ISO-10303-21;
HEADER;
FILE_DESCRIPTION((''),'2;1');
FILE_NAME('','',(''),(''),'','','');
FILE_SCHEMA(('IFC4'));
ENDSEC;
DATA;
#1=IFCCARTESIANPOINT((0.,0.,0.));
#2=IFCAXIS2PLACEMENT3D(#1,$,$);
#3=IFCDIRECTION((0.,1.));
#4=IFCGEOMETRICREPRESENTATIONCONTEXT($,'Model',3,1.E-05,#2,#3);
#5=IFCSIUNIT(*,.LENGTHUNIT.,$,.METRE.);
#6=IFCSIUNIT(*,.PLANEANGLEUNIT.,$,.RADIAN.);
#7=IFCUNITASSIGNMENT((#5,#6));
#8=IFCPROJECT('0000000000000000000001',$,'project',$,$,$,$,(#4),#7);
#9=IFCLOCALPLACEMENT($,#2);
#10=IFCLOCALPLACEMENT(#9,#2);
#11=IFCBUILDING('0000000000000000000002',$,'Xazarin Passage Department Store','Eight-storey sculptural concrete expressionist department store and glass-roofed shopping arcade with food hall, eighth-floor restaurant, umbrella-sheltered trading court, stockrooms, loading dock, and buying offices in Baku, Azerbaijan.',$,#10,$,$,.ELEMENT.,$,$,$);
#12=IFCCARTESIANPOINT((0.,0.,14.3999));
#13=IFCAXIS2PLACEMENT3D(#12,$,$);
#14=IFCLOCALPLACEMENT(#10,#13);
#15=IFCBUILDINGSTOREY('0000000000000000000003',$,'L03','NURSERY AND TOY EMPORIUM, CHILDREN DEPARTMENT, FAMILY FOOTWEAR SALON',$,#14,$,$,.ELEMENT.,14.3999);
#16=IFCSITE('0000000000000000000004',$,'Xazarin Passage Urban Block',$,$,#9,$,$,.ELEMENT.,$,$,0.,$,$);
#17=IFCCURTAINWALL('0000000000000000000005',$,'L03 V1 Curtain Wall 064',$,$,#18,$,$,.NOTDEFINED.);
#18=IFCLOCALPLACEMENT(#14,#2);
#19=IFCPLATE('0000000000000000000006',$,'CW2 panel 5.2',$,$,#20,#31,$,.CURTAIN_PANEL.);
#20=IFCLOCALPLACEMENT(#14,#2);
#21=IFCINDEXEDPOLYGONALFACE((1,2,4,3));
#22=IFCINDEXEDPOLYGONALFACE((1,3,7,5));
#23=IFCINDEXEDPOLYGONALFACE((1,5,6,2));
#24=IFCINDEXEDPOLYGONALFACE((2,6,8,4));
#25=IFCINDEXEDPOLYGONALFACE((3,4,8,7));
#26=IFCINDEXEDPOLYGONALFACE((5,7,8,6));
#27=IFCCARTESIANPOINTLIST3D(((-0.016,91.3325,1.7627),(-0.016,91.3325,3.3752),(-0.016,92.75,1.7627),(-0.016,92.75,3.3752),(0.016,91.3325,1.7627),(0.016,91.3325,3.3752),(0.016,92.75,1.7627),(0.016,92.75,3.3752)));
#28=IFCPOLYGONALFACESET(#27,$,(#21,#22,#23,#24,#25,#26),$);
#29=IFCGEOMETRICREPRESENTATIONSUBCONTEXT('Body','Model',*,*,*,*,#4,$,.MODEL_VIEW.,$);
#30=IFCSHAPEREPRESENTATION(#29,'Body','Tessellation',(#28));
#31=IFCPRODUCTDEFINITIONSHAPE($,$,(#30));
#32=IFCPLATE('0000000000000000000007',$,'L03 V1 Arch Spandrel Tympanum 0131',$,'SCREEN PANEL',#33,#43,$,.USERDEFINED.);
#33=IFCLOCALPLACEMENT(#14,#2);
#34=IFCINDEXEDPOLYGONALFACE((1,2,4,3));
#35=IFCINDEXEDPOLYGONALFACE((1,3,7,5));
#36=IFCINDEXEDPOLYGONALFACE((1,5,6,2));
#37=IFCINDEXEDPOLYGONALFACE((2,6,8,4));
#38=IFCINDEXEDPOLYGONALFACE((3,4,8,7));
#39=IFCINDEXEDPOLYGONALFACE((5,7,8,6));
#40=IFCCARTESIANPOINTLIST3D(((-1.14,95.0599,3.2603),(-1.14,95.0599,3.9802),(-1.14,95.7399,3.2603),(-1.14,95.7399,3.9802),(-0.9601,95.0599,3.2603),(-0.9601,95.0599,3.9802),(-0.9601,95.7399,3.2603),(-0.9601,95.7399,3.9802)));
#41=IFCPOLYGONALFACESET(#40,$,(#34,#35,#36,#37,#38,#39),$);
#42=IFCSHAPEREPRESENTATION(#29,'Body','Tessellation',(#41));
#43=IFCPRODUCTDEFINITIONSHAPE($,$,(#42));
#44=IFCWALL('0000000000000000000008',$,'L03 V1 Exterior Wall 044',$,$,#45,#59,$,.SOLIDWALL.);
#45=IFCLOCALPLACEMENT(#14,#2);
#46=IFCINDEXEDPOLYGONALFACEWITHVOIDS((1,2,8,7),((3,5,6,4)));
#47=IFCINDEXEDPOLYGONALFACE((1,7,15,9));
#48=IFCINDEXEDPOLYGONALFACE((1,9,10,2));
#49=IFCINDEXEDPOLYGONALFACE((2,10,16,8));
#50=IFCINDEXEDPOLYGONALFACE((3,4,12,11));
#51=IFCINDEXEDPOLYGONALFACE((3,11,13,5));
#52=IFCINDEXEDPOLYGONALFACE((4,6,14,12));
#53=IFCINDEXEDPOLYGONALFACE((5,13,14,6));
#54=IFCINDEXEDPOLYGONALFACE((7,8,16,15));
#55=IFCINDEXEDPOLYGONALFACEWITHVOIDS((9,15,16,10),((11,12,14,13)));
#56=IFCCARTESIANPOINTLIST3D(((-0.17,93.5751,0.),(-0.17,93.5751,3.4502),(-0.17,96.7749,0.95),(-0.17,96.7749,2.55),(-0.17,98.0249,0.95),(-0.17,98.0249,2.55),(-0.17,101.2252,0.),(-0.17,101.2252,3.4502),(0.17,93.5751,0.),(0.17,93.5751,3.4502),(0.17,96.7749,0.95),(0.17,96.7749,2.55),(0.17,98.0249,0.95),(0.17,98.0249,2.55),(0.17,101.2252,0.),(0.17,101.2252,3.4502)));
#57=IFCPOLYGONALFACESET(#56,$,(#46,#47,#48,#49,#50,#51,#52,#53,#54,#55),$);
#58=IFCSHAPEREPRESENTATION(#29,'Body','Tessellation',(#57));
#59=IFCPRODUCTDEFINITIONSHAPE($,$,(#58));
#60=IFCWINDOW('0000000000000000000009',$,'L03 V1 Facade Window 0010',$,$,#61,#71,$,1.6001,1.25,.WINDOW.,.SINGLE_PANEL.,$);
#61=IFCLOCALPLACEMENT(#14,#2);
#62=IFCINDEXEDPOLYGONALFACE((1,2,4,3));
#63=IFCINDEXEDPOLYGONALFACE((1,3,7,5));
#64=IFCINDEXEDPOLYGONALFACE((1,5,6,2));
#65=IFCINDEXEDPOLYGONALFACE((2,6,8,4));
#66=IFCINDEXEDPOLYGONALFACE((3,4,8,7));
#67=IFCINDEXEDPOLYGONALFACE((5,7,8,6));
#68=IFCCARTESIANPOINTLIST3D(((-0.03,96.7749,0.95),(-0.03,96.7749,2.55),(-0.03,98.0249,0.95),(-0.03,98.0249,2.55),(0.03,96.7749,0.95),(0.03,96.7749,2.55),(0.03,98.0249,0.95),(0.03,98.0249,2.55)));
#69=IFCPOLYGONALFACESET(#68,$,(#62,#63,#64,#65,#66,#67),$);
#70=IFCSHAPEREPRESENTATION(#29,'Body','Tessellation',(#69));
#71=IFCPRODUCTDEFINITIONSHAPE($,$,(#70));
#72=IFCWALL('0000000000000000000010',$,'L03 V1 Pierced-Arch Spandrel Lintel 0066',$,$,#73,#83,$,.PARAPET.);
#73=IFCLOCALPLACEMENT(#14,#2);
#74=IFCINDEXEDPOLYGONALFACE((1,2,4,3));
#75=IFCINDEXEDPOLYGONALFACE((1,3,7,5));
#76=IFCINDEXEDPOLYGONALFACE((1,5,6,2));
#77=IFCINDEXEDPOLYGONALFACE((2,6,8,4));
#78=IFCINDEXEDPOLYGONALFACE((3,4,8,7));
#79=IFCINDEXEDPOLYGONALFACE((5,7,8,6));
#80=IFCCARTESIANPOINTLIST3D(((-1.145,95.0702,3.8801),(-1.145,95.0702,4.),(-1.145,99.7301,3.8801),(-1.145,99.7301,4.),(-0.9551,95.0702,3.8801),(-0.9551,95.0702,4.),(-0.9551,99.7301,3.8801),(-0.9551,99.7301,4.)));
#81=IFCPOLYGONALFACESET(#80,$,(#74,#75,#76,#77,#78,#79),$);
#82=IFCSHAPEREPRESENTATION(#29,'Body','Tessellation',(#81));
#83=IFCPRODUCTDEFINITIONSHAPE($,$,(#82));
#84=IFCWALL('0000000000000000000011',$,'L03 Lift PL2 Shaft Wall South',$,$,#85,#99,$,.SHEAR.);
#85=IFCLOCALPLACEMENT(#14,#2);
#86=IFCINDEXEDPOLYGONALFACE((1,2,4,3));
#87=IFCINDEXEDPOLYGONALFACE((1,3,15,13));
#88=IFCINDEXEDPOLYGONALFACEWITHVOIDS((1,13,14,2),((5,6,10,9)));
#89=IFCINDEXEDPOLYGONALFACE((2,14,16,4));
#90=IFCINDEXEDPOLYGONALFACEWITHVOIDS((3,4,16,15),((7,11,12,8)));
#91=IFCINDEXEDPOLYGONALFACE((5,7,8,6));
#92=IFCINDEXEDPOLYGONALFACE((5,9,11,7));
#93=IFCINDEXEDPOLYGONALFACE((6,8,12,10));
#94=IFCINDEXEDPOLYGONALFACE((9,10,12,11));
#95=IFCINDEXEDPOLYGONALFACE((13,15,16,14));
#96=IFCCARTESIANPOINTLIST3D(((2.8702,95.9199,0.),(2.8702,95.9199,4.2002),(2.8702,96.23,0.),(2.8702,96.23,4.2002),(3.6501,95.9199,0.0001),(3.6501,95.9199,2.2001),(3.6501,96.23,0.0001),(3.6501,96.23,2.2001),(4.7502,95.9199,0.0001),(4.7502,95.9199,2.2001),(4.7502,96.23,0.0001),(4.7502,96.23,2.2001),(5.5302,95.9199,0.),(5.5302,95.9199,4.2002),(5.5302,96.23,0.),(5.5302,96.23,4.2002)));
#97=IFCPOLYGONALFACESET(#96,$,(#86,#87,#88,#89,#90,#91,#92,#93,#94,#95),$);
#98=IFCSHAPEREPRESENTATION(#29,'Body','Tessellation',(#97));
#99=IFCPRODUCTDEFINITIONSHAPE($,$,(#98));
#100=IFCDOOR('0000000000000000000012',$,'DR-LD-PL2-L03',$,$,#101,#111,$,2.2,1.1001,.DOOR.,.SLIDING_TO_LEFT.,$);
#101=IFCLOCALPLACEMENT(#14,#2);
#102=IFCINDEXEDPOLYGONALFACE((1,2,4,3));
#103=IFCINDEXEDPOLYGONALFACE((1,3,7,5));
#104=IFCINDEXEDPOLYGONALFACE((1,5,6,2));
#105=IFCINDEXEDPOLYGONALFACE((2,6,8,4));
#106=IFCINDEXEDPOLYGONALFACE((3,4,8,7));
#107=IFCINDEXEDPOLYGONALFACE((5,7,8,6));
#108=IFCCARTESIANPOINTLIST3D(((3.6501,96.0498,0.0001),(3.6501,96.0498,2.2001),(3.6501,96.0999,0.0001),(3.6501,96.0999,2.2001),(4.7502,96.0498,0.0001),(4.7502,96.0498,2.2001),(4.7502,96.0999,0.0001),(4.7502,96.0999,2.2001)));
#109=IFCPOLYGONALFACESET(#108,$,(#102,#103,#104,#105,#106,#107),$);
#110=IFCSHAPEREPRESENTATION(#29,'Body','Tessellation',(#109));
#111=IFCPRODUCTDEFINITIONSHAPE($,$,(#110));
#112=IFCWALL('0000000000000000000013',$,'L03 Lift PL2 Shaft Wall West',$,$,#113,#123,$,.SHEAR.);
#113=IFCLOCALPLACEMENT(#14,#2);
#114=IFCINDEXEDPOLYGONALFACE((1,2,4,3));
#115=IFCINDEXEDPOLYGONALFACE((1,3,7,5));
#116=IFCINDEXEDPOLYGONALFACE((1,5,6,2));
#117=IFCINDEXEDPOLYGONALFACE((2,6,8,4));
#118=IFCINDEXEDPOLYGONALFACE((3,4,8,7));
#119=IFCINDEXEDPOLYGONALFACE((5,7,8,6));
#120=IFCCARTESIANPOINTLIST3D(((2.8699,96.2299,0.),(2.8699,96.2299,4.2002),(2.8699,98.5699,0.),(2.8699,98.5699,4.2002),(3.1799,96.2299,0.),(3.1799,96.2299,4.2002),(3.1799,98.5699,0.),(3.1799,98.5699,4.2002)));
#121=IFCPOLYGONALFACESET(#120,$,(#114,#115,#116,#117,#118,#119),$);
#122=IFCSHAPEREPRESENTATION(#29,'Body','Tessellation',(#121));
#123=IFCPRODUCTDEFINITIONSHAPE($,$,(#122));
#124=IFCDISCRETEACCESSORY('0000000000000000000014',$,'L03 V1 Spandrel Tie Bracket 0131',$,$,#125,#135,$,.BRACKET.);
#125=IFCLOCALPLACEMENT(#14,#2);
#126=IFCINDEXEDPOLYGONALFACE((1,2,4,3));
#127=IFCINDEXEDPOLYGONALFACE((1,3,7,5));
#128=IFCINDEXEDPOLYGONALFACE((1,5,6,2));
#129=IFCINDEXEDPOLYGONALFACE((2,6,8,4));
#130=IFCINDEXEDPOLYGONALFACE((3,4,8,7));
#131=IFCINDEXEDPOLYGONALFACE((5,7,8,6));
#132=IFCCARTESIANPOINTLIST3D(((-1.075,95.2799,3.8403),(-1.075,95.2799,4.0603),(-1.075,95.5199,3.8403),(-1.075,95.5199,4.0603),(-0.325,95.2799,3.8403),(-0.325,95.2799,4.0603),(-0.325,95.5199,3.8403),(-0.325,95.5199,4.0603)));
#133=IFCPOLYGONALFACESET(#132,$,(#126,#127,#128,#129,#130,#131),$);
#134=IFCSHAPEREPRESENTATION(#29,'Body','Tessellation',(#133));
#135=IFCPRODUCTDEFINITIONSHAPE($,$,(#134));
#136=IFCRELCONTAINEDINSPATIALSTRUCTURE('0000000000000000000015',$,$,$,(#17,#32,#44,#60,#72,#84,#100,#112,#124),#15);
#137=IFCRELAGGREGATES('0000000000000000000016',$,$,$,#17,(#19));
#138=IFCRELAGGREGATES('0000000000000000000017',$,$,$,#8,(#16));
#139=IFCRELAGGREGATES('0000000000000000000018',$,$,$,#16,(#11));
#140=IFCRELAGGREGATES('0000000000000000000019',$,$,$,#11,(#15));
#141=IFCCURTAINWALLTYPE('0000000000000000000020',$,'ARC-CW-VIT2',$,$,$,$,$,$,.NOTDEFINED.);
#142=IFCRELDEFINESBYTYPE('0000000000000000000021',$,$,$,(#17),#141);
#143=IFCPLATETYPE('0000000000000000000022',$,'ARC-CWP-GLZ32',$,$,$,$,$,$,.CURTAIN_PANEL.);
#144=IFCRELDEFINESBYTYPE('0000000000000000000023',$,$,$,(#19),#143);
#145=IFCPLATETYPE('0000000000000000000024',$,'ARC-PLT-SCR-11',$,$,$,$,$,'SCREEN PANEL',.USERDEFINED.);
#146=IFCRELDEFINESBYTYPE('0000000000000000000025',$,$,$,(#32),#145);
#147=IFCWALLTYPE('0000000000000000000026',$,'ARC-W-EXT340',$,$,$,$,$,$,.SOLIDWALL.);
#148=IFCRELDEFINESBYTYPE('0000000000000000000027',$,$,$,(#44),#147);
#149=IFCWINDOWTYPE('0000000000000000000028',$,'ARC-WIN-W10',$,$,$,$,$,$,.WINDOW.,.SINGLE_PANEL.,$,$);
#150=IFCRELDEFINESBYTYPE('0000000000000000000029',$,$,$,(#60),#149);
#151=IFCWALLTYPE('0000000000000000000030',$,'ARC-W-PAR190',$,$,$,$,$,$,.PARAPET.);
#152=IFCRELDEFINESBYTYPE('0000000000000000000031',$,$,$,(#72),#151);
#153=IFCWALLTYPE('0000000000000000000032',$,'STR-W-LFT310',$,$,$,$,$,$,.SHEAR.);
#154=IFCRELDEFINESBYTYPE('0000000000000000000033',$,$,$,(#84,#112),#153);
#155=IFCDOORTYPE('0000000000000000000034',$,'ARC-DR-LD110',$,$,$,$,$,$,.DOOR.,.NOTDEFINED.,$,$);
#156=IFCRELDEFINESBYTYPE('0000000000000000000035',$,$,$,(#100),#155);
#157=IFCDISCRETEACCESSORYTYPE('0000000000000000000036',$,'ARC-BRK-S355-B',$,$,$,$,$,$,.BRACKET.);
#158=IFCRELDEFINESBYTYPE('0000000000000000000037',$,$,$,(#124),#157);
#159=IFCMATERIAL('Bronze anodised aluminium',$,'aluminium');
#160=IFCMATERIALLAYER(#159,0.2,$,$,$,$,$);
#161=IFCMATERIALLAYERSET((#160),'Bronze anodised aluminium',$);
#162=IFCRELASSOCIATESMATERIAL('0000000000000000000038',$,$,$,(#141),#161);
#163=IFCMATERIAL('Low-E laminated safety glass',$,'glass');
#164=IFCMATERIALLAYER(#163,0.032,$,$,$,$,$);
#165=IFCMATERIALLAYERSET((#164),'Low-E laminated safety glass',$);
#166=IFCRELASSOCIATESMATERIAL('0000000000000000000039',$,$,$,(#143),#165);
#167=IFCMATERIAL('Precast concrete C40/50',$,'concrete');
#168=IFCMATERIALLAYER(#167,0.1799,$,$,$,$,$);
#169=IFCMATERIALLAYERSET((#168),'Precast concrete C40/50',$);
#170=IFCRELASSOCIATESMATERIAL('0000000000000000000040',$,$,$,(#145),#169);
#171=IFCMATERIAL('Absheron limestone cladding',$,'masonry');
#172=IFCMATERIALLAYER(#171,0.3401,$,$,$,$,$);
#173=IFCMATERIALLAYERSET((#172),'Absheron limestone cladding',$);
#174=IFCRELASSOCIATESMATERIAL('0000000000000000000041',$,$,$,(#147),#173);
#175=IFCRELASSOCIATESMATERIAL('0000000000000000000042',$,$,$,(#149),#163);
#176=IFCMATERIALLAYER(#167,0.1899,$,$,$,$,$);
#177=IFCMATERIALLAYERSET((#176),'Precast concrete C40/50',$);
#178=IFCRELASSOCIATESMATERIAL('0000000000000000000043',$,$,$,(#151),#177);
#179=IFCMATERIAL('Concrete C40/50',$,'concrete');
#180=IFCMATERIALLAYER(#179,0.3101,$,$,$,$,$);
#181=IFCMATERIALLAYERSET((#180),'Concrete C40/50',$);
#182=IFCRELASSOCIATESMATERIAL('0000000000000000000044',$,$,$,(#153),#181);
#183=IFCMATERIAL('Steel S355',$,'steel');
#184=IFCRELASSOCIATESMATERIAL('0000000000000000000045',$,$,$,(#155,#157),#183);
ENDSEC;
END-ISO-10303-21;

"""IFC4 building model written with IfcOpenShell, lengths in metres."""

from ifc_helpers import new_model, si_unit, direction, frame, frame_2d, origin, origin_2d, place, context, subcontext, project, spatial, rectangle, extrude, material, layer, layer_set, type_object, element, fill, aggregate, save


model = new_model("IFC4")

# Units and contexts
model_context = context("Model", 3, precision=1e-05, world=origin(), true_north=direction((0.0, 1.0)))
body_context = subcontext(model_context, "Body", "Model", "MODEL_VIEW")
ifc_project = project(units=[si_unit("LENGTHUNIT", "METRE"), si_unit("PLANEANGLEUNIT", "RADIAN")], contexts=[model_context])

# Site, building, storey
site_placement = place(None, origin())
site = spatial("IfcSite", under=ifc_project, at=site_placement, Name="Xazarin Passage Urban Block", CompositionType="ELEMENT", RefElevation=0.0)
building_placement = place(site_placement, origin())
building = spatial("IfcBuilding", under=site, at=building_placement, Name="Xazarin Passage Department Store", Description="Eight-storey sculptural concrete expressionist department store and glass-roofed shopping arcade with food hall, eighth-floor restaurant, umbrella-sheltered trading court, stockrooms, loading dock, and buying offices in Baku, Azerbaijan.", CompositionType="ELEMENT")
storey_placement = place(building_placement, frame((0.0, 0.0, 14.3999)))
storey = spatial("IfcBuildingStorey", under=building, at=storey_placement, Name="L03", Description="NURSERY AND TOY EMPORIUM, CHILDREN DEPARTMENT, FAMILY FOOTWEAR SALON", CompositionType="ELEMENT", Elevation=14.3999)

# Shared definitions
ifc_material_1 = material(Name="Concrete C40/50", Category="concrete")

# Curtain wall
ifc_material_2 = material(Name="Bronze anodised aluminium", Category="aluminium")
ifc_layer_1 = layer(ifc_material_2, 0.2)
ifc_layer_set_1 = layer_set([ifc_layer_1], Name="Bronze anodised aluminium")
curtain_wall_type = type_object("IfcCurtainWallType", Name="ARC-CW-VIT2", PredefinedType="NOTDEFINED", material=ifc_layer_set_1)
curtain_wall_placement = place(storey_placement, origin())
curtain_wall = element("IfcCurtainWall", 1, at=curtain_wall_placement, inside=storey, type_object=curtain_wall_type, Name="L03 V1 Curtain Wall 064", PredefinedType="NOTDEFINED")

# Plates
ifc_material_3 = material(Name="Low-E laminated safety glass", Category="glass")
ifc_layer_2 = layer(ifc_material_3, 0.032)
ifc_layer_set_2 = layer_set([ifc_layer_2], Name="Low-E laminated safety glass")
plate_type_1 = type_object("IfcPlateType", Name="ARC-CWP-GLZ32", PredefinedType="CURTAIN_PANEL", material=ifc_layer_set_2)
plate_1_placement = place(storey_placement, frame((0.0, 92.0413, 1.7627), z_axis=(0.0, 0.0, 1.0), x_axis=(0.0, 1.0, 0.0)))
plate_1 = element("IfcPlate", 2, at=plate_1_placement, type_object=plate_type_1, Name="CW2 panel 5.2", PredefinedType="CURTAIN_PANEL", context=body_context, shape_type="SweptSolid", body=[
    extrude(rectangle(XDim=1.4175, YDim=0.032, at=origin_2d()), origin(), (0.0, 0.0, 1.0), 1.6125),
])
aggregate(curtain_wall, [plate_1])
ifc_material_4 = material(Name="Precast concrete C40/50", Category="concrete")
ifc_layer_3 = layer(ifc_material_4, 0.1799)
ifc_layer_set_3 = layer_set([ifc_layer_3], Name="Precast concrete C40/50")
plate_type_2 = type_object("IfcPlateType", Name="ARC-PLT-SCR-11", ElementType="SCREEN PANEL", PredefinedType="USERDEFINED", material=ifc_layer_set_3)
plate_2_placement = place(storey_placement, frame((-1.05, 95.3999, 3.2603), z_axis=(0.0, 0.0, 1.0), x_axis=(0.0, 1.0, 0.0)))
element("IfcPlate", 3, at=plate_2_placement, inside=storey, type_object=plate_type_2, Name="L03 V1 Arch Spandrel Tympanum 0131", ObjectType="SCREEN PANEL", PredefinedType="USERDEFINED", context=body_context, shape_type="SweptSolid", body=[
    extrude(rectangle(XDim=0.6799, YDim=0.1799, at=origin_2d()), origin(), (0.0, 0.0, 1.0), 0.72),
])

# Wall, opening, window
ifc_material_5 = material(Name="Absheron limestone cladding", Category="masonry")
ifc_layer_4 = layer(ifc_material_5, 0.3401)
ifc_layer_set_4 = layer_set([ifc_layer_4], Name="Absheron limestone cladding")
wall_type_1 = type_object("IfcWallType", Name="ARC-W-EXT340", PredefinedType="SOLIDWALL", material=ifc_layer_set_4)
wall_1_placement = place(storey_placement, frame((0.0, 93.575, 0.0), z_axis=(0.0, 0.0, 1.0), x_axis=(0.0, 1.0, 0.0)))
wall_1 = element("IfcWall", 4, at=wall_1_placement, inside=storey, type_object=wall_type_1, Name="L03 V1 Exterior Wall 044", PredefinedType="SOLIDWALL", context=body_context, shape_type="SweptSolid", body=[
    extrude(rectangle(XDim=7.6501, YDim=0.3401, at=frame_2d((3.8252, 0.0))), origin(), (0.0, 0.0, 1.0), 3.4502),
])
opening_1_placement = place(wall_1_placement, frame((3.2, 0.0, 0.95)))
opening_1 = element("IfcOpeningElement", 5, at=opening_1_placement, cuts=wall_1, PredefinedType="OPENING", context=body_context, shape_type="SweptSolid", body=[
    extrude(rectangle(XDim=1.25, YDim=1.6001, at=frame_2d((0.625, 0.8))), frame((0.0, 0.1799, 0.0), z_axis=(0.0, -1.0, 0.0), x_axis=(1.0, 0.0, 0.0)), (0.0, 0.0, 1.0), 0.3601),
])
window_type = type_object("IfcWindowType", Name="ARC-WIN-W10", PartitioningType="SINGLE_PANEL", PredefinedType="WINDOW", material=ifc_material_3)
window_placement = place(opening_1_placement, origin())
window = element("IfcWindow", 6, at=window_placement, inside=storey, type_object=window_type, Name="L03 V1 Facade Window 0010", OverallHeight=1.6001, OverallWidth=1.25, PartitioningType="SINGLE_PANEL", PredefinedType="WINDOW", context=body_context, shape_type="SweptSolid", body=[
    extrude(rectangle(XDim=1.25, YDim=1.6001, at=frame_2d((0.625, 0.8))), frame((0.0, 0.03, 0.0), z_axis=(0.0, -1.0, 0.0), x_axis=(1.0, 0.0, 0.0)), (0.0, 0.0, 1.0), 0.0601),
])
fill(opening_1, window)

# Wall
ifc_layer_5 = layer(ifc_material_4, 0.1899)
ifc_layer_set_5 = layer_set([ifc_layer_5], Name="Precast concrete C40/50")
wall_type_2 = type_object("IfcWallType", Name="ARC-W-PAR190", PredefinedType="PARAPET", material=ifc_layer_set_5)
wall_2_placement = place(storey_placement, frame((-1.05, 95.0701, 3.8801), z_axis=(0.0, 0.0, 1.0), x_axis=(0.0, 1.0, 0.0)))
element("IfcWall", 7, at=wall_2_placement, inside=storey, type_object=wall_type_2, Name="L03 V1 Pierced-Arch Spandrel Lintel 0066", PredefinedType="PARAPET", context=body_context, shape_type="SweptSolid", body=[
    extrude(rectangle(XDim=4.6599, YDim=0.1899, at=frame_2d((2.3301, 0.0))), origin(), (0.0, 0.0, 1.0), 0.1199),
])

# Wall, opening, door
ifc_layer_6 = layer(ifc_material_1, 0.3101)
ifc_layer_set_6 = layer_set([ifc_layer_6], Name="Concrete C40/50")
wall_type_3 = type_object("IfcWallType", Name="STR-W-LFT310", PredefinedType="SHEAR", material=ifc_layer_set_6)
wall_3_placement = place(storey_placement, frame((2.8701, 96.075, 0.0), z_axis=(0.0, 0.0, 1.0), x_axis=(1.0, 0.0, 0.0)))
wall_3 = element("IfcWall", 8, at=wall_3_placement, inside=storey, type_object=wall_type_3, Name="L03 Lift PL2 Shaft Wall South", PredefinedType="SHEAR", context=body_context, shape_type="SweptSolid", body=[
    extrude(rectangle(XDim=2.6599, YDim=0.3101, at=frame_2d((1.3301, 0.0))), origin(), (0.0, 0.0, 1.0), 4.2002),
])
opening_2_placement = place(wall_3_placement, frame((0.78, 0.0, 0.0)))
opening_2 = element("IfcOpeningElement", 9, at=opening_2_placement, cuts=wall_3, PredefinedType="OPENING", context=body_context, shape_type="SweptSolid", body=[
    extrude(rectangle(XDim=1.1001, YDim=2.2, at=frame_2d((0.55, 1.1001))), frame((0.0, 0.165, 0.0), z_axis=(0.0, -1.0, 0.0), x_axis=(1.0, 0.0, 0.0)), (0.0, 0.0, 1.0), 0.3301),
])
ifc_material_6 = material(Name="Steel S355", Category="steel")
door_type = type_object("IfcDoorType", Name="ARC-DR-LD110", OperationType="NOTDEFINED", PredefinedType="DOOR", material=ifc_material_6)
door_placement = place(opening_2_placement, origin())
door = element("IfcDoor", 10, at=door_placement, inside=storey, type_object=door_type, Name="DR-LD-PL2-L03", OperationType="SLIDING_TO_LEFT", OverallHeight=2.2, OverallWidth=1.1001, PredefinedType="DOOR", context=body_context, shape_type="SweptSolid", body=[
    extrude(rectangle(XDim=1.1001, YDim=2.2, at=frame_2d((0.55, 1.1001))), frame((0.0, 0.0249, 0.0), z_axis=(0.0, -1.0, 0.0), x_axis=(1.0, 0.0, 0.0)), (0.0, 0.0, 1.0), 0.05),
])
fill(opening_2, door)

# Wall
wall_4_placement = place(storey_placement, frame((3.0249, 96.23, 0.0), z_axis=(0.0, 0.0, 1.0), x_axis=(0.0, 1.0, 0.0)))
element("IfcWall", 11, at=wall_4_placement, inside=storey, type_object=wall_type_3, Name="L03 Lift PL2 Shaft Wall West", PredefinedType="SHEAR", context=body_context, shape_type="SweptSolid", body=[
    extrude(rectangle(XDim=2.3401, YDim=0.3101, at=frame_2d((1.1699, 0.0))), origin(), (0.0, 0.0, 1.0), 4.2002),
])

# Discrete accessory
discrete_accessory_type = type_object("IfcDiscreteAccessoryType", Name="ARC-BRK-S355-B", PredefinedType="BRACKET", material=ifc_material_6)
discrete_accessory_placement = place(storey_placement, frame((-0.7, 95.3999, 3.8403), z_axis=(0.0, 0.0, 1.0), x_axis=(0.0, 1.0, 0.0)))
element("IfcDiscreteAccessory", 12, at=discrete_accessory_placement, inside=storey, type_object=discrete_accessory_type, Name="L03 V1 Spandrel Tie Bracket 0131", PredefinedType="BRACKET", context=body_context, shape_type="SweptSolid", body=[
    extrude(rectangle(XDim=0.24, YDim=0.75, at=origin_2d()), origin(), (0.0, 0.0, 1.0), 0.22),
])

save(model, "model.ifc")
